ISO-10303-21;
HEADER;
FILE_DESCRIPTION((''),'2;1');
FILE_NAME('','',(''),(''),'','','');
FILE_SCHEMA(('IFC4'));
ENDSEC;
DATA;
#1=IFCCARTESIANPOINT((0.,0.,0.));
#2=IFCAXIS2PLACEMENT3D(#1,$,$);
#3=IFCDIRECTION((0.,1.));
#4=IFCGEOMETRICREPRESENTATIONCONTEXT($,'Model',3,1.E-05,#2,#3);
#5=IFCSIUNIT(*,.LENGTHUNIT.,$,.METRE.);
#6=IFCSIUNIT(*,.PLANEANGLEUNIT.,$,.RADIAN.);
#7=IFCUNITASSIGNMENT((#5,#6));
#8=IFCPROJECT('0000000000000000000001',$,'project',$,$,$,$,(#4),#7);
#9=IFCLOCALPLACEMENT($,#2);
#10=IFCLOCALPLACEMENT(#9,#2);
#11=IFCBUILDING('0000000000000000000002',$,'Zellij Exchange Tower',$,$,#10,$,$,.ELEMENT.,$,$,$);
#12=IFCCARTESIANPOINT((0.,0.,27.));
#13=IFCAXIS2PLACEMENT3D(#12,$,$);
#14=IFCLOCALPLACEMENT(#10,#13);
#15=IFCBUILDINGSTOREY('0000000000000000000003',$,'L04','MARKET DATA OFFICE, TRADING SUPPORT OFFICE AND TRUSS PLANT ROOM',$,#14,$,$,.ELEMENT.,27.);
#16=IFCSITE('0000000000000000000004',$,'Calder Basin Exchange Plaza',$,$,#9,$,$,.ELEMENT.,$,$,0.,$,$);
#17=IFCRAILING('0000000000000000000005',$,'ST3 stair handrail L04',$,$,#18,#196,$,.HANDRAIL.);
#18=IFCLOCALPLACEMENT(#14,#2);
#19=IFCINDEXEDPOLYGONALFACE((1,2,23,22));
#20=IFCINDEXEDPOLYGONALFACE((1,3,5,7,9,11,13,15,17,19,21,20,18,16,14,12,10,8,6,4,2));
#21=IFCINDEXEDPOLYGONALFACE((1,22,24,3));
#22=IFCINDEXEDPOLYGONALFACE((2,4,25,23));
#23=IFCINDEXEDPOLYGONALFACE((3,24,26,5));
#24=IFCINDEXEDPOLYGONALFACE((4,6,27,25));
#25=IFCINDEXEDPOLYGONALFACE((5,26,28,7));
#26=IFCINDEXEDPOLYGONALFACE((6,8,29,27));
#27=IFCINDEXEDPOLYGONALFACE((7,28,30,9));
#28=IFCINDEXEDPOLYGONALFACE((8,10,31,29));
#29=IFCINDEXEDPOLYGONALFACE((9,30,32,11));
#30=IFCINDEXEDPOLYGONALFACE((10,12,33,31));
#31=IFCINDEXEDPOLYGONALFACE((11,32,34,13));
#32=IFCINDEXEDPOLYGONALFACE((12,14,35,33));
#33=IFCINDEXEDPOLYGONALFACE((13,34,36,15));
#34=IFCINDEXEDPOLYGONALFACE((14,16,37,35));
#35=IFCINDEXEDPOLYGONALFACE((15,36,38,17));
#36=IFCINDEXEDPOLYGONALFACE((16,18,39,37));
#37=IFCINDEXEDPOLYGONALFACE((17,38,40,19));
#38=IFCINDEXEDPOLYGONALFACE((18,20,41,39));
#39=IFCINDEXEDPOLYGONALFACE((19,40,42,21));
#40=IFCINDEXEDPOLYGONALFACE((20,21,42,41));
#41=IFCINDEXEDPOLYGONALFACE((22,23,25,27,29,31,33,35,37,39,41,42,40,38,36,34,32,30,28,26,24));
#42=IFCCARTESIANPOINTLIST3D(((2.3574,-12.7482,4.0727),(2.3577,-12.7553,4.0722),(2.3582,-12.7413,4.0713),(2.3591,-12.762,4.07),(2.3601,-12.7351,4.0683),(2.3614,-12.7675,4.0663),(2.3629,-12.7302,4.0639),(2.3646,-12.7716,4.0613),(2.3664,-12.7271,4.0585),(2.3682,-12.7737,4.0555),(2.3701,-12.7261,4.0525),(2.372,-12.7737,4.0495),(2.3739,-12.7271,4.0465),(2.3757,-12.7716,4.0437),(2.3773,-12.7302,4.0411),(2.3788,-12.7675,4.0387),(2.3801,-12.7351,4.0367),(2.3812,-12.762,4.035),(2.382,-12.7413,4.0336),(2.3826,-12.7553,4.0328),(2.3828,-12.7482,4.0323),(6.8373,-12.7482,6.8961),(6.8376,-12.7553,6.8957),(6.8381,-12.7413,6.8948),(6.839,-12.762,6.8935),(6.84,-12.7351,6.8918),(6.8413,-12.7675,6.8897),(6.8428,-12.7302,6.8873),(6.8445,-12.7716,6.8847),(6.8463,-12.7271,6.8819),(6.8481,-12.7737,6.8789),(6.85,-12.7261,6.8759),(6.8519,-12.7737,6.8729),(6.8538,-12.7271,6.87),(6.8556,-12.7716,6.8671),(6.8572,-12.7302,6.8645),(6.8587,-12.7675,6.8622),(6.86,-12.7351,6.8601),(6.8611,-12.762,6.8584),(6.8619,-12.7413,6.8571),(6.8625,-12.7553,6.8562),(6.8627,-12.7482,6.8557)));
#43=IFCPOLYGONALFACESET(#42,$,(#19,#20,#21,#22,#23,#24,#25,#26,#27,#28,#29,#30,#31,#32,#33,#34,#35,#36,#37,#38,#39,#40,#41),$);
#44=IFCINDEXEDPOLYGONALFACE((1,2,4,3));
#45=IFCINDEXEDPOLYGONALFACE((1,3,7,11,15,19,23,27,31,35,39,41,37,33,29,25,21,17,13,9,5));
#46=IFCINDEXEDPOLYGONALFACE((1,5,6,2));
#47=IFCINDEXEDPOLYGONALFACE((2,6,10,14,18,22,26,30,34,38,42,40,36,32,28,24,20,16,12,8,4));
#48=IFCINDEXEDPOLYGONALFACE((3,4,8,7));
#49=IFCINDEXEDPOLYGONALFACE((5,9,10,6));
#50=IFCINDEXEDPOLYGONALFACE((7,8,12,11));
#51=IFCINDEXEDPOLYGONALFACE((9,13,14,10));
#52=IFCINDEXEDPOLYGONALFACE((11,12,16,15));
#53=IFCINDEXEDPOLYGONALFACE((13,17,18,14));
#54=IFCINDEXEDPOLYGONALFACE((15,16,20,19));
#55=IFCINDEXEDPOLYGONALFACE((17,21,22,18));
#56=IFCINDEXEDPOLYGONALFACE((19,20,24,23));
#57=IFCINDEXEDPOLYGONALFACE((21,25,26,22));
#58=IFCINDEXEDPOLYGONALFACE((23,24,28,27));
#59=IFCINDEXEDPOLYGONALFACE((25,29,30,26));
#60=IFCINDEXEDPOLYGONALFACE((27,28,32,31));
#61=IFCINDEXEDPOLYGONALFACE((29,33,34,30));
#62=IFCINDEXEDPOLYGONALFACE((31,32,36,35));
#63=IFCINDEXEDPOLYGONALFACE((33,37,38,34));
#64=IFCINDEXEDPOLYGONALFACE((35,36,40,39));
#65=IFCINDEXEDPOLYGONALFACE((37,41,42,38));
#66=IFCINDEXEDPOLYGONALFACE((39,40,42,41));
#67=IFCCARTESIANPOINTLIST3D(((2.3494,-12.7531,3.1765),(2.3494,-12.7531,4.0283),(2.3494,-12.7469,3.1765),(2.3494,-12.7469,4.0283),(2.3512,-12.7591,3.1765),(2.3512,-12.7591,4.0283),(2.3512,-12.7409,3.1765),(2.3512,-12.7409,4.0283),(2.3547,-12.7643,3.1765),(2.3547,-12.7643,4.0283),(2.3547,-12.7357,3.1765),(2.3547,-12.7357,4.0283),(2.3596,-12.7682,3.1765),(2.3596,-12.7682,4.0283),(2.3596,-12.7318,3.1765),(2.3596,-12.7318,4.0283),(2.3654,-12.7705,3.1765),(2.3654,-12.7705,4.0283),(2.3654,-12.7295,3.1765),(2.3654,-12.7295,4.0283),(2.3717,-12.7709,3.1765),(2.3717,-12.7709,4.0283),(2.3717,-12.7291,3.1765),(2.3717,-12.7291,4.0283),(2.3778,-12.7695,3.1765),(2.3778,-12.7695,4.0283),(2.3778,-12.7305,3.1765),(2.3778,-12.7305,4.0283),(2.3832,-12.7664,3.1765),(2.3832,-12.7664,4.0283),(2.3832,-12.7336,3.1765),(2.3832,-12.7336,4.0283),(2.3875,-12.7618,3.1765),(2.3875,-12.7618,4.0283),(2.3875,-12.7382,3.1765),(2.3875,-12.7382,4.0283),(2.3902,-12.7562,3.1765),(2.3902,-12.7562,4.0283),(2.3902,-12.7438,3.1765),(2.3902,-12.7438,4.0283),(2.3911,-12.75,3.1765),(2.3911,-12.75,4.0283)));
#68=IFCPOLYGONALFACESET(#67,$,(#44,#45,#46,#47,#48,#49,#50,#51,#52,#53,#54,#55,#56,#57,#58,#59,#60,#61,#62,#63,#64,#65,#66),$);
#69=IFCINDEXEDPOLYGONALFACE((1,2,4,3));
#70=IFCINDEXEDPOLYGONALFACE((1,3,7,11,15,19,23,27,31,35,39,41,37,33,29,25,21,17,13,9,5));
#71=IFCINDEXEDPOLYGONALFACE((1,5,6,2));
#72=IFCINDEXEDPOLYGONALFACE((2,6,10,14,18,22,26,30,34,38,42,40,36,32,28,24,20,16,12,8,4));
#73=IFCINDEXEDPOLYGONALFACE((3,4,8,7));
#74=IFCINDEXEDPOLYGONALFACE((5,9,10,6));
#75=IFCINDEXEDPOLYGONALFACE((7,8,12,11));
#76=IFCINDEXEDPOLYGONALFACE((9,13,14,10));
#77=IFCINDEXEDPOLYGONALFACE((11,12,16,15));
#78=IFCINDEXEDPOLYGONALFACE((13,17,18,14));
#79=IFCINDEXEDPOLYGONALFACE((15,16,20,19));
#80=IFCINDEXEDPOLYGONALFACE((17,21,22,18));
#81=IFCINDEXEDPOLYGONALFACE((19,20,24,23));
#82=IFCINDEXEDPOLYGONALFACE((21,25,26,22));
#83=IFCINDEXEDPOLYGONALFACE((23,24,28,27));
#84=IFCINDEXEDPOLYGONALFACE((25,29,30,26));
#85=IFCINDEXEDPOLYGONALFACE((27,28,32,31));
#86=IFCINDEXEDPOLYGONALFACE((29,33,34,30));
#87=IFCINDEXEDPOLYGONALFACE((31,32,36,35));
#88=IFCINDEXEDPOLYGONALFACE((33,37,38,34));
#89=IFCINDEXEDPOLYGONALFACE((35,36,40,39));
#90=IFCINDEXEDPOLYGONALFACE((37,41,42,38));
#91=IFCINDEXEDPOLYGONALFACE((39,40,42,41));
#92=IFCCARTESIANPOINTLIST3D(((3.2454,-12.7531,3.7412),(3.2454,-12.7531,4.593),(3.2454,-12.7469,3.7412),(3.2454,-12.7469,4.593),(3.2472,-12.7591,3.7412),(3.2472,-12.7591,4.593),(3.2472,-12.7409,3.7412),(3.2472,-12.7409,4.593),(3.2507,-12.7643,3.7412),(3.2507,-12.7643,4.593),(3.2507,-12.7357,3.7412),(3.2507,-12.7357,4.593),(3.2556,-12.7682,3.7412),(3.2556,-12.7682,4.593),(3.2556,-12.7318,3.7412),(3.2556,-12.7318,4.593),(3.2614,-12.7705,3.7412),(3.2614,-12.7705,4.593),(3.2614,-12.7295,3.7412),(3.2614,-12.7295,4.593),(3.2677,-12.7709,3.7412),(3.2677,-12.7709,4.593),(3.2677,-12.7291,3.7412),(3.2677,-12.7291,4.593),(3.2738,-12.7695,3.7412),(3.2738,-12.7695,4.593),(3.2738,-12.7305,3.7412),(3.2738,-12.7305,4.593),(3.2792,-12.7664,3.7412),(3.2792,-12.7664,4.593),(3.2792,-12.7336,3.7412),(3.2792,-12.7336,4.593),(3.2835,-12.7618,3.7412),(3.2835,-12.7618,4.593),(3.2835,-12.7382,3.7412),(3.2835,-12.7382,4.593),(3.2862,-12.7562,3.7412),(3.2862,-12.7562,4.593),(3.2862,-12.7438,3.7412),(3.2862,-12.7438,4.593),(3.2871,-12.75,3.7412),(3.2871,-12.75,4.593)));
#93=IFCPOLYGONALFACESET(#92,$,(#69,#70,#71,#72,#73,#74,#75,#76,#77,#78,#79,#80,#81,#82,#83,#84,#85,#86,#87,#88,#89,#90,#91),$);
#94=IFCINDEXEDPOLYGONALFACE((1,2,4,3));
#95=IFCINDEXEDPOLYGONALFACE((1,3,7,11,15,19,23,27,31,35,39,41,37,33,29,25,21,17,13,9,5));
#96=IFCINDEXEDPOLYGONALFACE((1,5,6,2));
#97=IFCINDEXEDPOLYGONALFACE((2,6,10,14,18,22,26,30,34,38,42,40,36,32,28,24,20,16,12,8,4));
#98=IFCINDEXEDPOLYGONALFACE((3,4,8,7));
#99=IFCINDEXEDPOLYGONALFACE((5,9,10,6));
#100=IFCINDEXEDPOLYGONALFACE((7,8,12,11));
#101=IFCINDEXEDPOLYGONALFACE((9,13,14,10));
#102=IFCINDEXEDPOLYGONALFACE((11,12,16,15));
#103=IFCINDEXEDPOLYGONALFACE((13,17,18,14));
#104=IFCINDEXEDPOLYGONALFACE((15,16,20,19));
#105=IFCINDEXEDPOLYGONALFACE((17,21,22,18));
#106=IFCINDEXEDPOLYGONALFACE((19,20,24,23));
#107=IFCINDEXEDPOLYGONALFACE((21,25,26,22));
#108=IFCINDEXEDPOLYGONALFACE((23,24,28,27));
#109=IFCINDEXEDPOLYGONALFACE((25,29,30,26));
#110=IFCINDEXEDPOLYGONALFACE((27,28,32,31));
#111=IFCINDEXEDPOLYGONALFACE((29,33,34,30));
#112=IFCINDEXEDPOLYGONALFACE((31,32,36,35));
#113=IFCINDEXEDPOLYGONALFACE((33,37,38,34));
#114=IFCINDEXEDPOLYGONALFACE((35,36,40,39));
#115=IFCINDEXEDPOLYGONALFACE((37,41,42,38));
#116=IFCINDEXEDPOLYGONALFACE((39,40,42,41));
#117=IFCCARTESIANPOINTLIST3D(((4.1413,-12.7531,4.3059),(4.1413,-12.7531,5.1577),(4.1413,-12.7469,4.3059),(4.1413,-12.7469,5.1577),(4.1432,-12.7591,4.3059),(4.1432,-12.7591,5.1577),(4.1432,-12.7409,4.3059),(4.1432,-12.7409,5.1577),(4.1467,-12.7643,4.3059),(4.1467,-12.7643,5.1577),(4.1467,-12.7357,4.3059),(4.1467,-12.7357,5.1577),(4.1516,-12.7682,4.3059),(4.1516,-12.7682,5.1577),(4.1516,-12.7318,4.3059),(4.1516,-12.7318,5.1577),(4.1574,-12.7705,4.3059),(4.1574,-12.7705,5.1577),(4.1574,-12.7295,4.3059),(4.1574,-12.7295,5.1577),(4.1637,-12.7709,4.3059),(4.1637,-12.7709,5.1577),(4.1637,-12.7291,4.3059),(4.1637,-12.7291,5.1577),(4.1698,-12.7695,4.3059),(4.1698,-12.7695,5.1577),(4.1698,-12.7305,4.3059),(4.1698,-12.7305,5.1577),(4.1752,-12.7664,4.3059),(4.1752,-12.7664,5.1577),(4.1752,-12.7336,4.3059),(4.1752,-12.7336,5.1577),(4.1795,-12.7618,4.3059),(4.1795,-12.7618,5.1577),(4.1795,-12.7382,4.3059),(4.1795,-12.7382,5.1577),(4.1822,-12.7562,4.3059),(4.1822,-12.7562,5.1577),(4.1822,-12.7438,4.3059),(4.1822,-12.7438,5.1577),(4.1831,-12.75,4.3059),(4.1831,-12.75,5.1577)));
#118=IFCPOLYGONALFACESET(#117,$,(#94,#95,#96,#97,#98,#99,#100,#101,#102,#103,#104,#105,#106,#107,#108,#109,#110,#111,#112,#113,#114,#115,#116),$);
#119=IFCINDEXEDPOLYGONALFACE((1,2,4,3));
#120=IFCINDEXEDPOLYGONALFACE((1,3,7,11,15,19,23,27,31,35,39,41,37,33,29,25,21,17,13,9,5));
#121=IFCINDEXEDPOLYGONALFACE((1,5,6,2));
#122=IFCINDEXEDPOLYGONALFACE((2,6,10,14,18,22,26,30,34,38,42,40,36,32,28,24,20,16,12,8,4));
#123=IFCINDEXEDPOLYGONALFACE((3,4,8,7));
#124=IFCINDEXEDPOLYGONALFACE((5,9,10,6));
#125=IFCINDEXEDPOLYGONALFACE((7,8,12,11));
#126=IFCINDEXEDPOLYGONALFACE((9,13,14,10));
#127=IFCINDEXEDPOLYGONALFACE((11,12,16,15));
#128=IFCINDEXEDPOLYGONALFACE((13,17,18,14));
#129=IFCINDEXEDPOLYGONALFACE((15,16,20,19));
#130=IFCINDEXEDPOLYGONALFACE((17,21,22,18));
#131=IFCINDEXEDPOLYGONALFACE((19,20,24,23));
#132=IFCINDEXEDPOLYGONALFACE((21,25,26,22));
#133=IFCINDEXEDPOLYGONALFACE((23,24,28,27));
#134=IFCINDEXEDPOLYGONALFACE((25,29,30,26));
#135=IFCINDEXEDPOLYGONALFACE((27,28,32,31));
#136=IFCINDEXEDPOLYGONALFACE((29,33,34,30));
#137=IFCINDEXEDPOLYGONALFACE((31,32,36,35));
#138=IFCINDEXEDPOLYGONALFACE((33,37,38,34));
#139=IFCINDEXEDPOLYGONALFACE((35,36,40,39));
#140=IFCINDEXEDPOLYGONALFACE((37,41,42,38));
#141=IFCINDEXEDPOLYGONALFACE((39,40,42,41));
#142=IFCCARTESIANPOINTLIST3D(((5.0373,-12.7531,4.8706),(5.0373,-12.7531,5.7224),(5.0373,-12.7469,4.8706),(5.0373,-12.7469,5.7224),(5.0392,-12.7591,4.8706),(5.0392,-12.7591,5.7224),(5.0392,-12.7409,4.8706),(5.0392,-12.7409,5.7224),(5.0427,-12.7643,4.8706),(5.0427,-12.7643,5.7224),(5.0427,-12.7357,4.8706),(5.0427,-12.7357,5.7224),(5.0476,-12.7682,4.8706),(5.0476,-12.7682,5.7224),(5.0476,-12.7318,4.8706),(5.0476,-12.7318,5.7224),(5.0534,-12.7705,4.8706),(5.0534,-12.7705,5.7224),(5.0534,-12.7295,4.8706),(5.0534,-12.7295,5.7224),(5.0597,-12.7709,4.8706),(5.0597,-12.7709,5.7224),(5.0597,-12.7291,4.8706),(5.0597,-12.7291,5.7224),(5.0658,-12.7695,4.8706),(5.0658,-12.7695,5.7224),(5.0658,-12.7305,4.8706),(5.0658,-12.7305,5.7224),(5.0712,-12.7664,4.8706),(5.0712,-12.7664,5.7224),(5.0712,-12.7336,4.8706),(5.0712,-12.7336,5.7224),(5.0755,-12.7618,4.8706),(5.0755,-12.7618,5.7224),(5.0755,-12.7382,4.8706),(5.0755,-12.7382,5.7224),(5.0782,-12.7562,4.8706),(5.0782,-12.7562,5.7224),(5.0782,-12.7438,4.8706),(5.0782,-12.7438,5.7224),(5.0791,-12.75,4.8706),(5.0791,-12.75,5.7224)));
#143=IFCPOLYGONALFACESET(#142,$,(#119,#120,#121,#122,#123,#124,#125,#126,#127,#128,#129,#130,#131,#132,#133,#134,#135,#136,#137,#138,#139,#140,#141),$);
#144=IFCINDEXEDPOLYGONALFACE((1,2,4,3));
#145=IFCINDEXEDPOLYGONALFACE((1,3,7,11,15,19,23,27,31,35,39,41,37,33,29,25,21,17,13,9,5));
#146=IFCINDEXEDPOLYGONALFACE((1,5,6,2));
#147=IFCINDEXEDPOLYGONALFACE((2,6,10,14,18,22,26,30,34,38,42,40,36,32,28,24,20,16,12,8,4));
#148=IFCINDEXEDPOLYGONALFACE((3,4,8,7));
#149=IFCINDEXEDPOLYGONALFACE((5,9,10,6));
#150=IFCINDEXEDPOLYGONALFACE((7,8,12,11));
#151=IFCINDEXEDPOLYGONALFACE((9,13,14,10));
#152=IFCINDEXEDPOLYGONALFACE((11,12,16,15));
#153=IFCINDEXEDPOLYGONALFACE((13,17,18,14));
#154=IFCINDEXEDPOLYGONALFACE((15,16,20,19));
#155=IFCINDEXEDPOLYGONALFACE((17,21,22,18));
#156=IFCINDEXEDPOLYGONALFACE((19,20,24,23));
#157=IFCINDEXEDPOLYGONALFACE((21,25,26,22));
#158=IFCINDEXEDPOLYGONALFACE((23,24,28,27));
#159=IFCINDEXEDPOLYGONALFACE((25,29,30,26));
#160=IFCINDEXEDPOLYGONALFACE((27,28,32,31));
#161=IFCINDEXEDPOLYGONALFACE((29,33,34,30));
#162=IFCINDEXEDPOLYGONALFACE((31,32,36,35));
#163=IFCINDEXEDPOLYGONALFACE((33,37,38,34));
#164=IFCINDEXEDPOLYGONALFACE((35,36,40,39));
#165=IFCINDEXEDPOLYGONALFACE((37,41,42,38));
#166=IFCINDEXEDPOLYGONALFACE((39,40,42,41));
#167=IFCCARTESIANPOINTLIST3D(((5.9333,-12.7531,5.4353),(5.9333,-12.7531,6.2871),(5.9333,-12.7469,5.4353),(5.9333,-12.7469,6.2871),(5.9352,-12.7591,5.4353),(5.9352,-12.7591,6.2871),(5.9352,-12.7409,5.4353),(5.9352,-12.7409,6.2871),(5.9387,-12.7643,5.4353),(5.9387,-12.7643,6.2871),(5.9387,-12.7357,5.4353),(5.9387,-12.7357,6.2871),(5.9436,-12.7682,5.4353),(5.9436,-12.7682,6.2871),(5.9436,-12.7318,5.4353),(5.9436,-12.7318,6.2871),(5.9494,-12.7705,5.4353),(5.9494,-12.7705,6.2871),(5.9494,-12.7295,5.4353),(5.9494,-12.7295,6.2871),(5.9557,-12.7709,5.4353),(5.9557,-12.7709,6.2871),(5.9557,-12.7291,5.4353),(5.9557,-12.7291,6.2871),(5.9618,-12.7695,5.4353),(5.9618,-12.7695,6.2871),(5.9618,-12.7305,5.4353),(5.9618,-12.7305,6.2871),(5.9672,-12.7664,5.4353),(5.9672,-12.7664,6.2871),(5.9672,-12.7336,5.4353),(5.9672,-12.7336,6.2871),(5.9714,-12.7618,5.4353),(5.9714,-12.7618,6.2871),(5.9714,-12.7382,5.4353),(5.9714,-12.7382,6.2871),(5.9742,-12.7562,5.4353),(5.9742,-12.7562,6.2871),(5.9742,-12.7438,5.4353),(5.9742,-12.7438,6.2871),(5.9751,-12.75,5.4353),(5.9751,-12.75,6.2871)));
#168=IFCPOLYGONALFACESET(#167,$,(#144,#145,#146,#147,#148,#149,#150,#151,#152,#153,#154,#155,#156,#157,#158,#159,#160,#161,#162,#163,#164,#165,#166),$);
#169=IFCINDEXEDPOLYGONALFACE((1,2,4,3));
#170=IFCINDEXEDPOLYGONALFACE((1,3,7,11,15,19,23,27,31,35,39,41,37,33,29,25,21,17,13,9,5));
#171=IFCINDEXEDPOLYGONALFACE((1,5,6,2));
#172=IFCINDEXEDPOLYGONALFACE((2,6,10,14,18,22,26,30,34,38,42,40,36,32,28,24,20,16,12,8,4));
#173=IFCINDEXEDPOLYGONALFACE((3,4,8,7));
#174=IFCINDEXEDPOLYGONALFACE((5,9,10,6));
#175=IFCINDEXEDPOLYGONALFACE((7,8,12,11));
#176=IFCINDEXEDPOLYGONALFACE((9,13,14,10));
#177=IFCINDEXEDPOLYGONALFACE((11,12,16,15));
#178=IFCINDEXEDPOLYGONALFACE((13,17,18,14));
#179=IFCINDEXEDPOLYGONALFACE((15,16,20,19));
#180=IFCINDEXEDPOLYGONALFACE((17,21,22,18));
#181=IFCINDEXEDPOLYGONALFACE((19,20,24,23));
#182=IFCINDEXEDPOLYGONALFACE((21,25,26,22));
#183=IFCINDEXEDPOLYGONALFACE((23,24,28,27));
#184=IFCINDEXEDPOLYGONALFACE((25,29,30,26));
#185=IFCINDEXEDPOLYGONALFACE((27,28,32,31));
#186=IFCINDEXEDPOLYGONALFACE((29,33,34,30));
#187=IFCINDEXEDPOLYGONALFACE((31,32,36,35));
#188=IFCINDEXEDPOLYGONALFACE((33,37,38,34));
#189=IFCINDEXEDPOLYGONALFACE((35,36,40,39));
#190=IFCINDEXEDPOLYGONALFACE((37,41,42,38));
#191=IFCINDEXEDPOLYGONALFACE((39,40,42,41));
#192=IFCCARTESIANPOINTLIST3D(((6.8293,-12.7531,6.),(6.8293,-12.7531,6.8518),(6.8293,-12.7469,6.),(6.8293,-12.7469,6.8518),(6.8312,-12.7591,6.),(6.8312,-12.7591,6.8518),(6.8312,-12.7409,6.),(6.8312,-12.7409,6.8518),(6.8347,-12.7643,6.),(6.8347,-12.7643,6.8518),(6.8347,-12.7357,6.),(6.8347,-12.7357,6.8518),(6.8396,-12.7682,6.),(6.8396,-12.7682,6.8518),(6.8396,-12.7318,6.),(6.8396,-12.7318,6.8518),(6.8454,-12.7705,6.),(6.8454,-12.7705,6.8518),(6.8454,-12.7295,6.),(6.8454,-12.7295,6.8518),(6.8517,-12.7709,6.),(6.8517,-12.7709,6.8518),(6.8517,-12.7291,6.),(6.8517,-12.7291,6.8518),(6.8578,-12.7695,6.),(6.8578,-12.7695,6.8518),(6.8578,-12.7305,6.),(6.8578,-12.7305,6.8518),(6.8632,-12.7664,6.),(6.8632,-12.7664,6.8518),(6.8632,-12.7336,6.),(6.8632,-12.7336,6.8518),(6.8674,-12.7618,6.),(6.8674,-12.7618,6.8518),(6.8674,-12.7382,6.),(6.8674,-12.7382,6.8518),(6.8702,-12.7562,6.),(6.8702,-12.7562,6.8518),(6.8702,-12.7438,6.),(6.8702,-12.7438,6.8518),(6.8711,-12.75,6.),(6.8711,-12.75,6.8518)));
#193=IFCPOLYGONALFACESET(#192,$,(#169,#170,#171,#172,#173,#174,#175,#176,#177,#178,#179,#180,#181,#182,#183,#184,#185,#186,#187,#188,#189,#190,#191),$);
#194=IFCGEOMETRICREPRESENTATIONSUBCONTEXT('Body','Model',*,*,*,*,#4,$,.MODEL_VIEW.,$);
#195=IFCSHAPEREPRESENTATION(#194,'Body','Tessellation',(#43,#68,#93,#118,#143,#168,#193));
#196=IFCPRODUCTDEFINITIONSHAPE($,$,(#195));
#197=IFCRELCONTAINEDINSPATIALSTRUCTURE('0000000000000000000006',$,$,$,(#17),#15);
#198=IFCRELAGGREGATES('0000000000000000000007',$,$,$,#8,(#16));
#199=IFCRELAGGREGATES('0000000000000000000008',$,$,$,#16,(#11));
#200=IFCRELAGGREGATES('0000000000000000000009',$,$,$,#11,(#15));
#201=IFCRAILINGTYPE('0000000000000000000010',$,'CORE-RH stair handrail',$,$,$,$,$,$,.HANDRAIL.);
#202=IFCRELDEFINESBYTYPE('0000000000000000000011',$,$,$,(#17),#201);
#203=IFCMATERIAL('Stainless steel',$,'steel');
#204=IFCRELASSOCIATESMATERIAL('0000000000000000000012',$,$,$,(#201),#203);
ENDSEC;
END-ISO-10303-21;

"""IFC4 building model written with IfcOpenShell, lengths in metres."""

from ifc_helpers import new_model, si_unit, direction, frame, origin, origin_2d, place, context, subcontext, project, spatial, circle, extrude, material, type_object, element, save


model = new_model("IFC4")

# Units and contexts
model_context = context("Model", 3, precision=1e-05, world=origin(), true_north=direction((0.0, 1.0)))
body_context = subcontext(model_context, "Body", "Model", "MODEL_VIEW")
ifc_project = project(units=[si_unit("LENGTHUNIT", "METRE"), si_unit("PLANEANGLEUNIT", "RADIAN")], contexts=[model_context])

# Site, building, storey
site_placement = place(None, origin())
site = spatial("IfcSite", under=ifc_project, at=site_placement, Name="Calder Basin Exchange Plaza", CompositionType="ELEMENT", RefElevation=0.0)
building_placement = place(site_placement, origin())
building = spatial("IfcBuilding", under=site, at=building_placement, Name="Zellij Exchange Tower", CompositionType="ELEMENT")
storey_placement = place(building_placement, frame((0.0, 0.0, 27.0)))
storey = spatial("IfcBuildingStorey", under=building, at=storey_placement, Name="L04", Description="MARKET DATA OFFICE, TRADING SUPPORT OFFICE AND TRUSS PLANT ROOM", CompositionType="ELEMENT", Elevation=27.0)

# Railing
ifc_material_1 = material(Name="Stainless steel", Category="steel")
railing_type_1 = type_object("IfcRailingType", Name="CORE-RH stair handrail", PredefinedType="HANDRAIL", material=ifc_material_1)
railing_1_placement = place(storey_placement, frame((2.3701, -12.75, 3.1765)))
element("IfcRailing", 1, at=railing_1_placement, inside=storey, type_object=railing_type_1, Name="ST3 stair handrail L04", PredefinedType="HANDRAIL", context=body_context, shape_type="SweptSolid", body=[
    extrude(circle(Radius=0.0239, at=origin_2d()), frame((0.0, 0.0, 0.876), z_axis=(0.845998, 0.0, 0.533186), x_axis=(0.0, 1.0, 0.0)), (0.0, 0.0, 1.0), 5.2954),
    extrude(circle(Radius=0.021, at=origin_2d()), origin(), (0.0, 0.0, 1.0), 0.8518),
    extrude(circle(Radius=0.021, at=origin_2d()), frame((0.896, 0.0, 0.5647)), (0.0, 0.0, 1.0), 0.8518),
    extrude(circle(Radius=0.021, at=origin_2d()), frame((1.792, 0.0, 1.1294)), (0.0, 0.0, 1.0), 0.8518),
    extrude(circle(Radius=0.021, at=origin_2d()), frame((2.688, 0.0, 1.6941)), (0.0, 0.0, 1.0), 0.8518),
    extrude(circle(Radius=0.021, at=origin_2d()), frame((3.584, 0.0, 2.2588)), (0.0, 0.0, 1.0), 0.8518),
    extrude(circle(Radius=0.021, at=origin_2d()), frame((4.48, 0.0, 2.8235)), (0.0, 0.0, 1.0), 0.8518),
])

save(model, "model.ifc")
